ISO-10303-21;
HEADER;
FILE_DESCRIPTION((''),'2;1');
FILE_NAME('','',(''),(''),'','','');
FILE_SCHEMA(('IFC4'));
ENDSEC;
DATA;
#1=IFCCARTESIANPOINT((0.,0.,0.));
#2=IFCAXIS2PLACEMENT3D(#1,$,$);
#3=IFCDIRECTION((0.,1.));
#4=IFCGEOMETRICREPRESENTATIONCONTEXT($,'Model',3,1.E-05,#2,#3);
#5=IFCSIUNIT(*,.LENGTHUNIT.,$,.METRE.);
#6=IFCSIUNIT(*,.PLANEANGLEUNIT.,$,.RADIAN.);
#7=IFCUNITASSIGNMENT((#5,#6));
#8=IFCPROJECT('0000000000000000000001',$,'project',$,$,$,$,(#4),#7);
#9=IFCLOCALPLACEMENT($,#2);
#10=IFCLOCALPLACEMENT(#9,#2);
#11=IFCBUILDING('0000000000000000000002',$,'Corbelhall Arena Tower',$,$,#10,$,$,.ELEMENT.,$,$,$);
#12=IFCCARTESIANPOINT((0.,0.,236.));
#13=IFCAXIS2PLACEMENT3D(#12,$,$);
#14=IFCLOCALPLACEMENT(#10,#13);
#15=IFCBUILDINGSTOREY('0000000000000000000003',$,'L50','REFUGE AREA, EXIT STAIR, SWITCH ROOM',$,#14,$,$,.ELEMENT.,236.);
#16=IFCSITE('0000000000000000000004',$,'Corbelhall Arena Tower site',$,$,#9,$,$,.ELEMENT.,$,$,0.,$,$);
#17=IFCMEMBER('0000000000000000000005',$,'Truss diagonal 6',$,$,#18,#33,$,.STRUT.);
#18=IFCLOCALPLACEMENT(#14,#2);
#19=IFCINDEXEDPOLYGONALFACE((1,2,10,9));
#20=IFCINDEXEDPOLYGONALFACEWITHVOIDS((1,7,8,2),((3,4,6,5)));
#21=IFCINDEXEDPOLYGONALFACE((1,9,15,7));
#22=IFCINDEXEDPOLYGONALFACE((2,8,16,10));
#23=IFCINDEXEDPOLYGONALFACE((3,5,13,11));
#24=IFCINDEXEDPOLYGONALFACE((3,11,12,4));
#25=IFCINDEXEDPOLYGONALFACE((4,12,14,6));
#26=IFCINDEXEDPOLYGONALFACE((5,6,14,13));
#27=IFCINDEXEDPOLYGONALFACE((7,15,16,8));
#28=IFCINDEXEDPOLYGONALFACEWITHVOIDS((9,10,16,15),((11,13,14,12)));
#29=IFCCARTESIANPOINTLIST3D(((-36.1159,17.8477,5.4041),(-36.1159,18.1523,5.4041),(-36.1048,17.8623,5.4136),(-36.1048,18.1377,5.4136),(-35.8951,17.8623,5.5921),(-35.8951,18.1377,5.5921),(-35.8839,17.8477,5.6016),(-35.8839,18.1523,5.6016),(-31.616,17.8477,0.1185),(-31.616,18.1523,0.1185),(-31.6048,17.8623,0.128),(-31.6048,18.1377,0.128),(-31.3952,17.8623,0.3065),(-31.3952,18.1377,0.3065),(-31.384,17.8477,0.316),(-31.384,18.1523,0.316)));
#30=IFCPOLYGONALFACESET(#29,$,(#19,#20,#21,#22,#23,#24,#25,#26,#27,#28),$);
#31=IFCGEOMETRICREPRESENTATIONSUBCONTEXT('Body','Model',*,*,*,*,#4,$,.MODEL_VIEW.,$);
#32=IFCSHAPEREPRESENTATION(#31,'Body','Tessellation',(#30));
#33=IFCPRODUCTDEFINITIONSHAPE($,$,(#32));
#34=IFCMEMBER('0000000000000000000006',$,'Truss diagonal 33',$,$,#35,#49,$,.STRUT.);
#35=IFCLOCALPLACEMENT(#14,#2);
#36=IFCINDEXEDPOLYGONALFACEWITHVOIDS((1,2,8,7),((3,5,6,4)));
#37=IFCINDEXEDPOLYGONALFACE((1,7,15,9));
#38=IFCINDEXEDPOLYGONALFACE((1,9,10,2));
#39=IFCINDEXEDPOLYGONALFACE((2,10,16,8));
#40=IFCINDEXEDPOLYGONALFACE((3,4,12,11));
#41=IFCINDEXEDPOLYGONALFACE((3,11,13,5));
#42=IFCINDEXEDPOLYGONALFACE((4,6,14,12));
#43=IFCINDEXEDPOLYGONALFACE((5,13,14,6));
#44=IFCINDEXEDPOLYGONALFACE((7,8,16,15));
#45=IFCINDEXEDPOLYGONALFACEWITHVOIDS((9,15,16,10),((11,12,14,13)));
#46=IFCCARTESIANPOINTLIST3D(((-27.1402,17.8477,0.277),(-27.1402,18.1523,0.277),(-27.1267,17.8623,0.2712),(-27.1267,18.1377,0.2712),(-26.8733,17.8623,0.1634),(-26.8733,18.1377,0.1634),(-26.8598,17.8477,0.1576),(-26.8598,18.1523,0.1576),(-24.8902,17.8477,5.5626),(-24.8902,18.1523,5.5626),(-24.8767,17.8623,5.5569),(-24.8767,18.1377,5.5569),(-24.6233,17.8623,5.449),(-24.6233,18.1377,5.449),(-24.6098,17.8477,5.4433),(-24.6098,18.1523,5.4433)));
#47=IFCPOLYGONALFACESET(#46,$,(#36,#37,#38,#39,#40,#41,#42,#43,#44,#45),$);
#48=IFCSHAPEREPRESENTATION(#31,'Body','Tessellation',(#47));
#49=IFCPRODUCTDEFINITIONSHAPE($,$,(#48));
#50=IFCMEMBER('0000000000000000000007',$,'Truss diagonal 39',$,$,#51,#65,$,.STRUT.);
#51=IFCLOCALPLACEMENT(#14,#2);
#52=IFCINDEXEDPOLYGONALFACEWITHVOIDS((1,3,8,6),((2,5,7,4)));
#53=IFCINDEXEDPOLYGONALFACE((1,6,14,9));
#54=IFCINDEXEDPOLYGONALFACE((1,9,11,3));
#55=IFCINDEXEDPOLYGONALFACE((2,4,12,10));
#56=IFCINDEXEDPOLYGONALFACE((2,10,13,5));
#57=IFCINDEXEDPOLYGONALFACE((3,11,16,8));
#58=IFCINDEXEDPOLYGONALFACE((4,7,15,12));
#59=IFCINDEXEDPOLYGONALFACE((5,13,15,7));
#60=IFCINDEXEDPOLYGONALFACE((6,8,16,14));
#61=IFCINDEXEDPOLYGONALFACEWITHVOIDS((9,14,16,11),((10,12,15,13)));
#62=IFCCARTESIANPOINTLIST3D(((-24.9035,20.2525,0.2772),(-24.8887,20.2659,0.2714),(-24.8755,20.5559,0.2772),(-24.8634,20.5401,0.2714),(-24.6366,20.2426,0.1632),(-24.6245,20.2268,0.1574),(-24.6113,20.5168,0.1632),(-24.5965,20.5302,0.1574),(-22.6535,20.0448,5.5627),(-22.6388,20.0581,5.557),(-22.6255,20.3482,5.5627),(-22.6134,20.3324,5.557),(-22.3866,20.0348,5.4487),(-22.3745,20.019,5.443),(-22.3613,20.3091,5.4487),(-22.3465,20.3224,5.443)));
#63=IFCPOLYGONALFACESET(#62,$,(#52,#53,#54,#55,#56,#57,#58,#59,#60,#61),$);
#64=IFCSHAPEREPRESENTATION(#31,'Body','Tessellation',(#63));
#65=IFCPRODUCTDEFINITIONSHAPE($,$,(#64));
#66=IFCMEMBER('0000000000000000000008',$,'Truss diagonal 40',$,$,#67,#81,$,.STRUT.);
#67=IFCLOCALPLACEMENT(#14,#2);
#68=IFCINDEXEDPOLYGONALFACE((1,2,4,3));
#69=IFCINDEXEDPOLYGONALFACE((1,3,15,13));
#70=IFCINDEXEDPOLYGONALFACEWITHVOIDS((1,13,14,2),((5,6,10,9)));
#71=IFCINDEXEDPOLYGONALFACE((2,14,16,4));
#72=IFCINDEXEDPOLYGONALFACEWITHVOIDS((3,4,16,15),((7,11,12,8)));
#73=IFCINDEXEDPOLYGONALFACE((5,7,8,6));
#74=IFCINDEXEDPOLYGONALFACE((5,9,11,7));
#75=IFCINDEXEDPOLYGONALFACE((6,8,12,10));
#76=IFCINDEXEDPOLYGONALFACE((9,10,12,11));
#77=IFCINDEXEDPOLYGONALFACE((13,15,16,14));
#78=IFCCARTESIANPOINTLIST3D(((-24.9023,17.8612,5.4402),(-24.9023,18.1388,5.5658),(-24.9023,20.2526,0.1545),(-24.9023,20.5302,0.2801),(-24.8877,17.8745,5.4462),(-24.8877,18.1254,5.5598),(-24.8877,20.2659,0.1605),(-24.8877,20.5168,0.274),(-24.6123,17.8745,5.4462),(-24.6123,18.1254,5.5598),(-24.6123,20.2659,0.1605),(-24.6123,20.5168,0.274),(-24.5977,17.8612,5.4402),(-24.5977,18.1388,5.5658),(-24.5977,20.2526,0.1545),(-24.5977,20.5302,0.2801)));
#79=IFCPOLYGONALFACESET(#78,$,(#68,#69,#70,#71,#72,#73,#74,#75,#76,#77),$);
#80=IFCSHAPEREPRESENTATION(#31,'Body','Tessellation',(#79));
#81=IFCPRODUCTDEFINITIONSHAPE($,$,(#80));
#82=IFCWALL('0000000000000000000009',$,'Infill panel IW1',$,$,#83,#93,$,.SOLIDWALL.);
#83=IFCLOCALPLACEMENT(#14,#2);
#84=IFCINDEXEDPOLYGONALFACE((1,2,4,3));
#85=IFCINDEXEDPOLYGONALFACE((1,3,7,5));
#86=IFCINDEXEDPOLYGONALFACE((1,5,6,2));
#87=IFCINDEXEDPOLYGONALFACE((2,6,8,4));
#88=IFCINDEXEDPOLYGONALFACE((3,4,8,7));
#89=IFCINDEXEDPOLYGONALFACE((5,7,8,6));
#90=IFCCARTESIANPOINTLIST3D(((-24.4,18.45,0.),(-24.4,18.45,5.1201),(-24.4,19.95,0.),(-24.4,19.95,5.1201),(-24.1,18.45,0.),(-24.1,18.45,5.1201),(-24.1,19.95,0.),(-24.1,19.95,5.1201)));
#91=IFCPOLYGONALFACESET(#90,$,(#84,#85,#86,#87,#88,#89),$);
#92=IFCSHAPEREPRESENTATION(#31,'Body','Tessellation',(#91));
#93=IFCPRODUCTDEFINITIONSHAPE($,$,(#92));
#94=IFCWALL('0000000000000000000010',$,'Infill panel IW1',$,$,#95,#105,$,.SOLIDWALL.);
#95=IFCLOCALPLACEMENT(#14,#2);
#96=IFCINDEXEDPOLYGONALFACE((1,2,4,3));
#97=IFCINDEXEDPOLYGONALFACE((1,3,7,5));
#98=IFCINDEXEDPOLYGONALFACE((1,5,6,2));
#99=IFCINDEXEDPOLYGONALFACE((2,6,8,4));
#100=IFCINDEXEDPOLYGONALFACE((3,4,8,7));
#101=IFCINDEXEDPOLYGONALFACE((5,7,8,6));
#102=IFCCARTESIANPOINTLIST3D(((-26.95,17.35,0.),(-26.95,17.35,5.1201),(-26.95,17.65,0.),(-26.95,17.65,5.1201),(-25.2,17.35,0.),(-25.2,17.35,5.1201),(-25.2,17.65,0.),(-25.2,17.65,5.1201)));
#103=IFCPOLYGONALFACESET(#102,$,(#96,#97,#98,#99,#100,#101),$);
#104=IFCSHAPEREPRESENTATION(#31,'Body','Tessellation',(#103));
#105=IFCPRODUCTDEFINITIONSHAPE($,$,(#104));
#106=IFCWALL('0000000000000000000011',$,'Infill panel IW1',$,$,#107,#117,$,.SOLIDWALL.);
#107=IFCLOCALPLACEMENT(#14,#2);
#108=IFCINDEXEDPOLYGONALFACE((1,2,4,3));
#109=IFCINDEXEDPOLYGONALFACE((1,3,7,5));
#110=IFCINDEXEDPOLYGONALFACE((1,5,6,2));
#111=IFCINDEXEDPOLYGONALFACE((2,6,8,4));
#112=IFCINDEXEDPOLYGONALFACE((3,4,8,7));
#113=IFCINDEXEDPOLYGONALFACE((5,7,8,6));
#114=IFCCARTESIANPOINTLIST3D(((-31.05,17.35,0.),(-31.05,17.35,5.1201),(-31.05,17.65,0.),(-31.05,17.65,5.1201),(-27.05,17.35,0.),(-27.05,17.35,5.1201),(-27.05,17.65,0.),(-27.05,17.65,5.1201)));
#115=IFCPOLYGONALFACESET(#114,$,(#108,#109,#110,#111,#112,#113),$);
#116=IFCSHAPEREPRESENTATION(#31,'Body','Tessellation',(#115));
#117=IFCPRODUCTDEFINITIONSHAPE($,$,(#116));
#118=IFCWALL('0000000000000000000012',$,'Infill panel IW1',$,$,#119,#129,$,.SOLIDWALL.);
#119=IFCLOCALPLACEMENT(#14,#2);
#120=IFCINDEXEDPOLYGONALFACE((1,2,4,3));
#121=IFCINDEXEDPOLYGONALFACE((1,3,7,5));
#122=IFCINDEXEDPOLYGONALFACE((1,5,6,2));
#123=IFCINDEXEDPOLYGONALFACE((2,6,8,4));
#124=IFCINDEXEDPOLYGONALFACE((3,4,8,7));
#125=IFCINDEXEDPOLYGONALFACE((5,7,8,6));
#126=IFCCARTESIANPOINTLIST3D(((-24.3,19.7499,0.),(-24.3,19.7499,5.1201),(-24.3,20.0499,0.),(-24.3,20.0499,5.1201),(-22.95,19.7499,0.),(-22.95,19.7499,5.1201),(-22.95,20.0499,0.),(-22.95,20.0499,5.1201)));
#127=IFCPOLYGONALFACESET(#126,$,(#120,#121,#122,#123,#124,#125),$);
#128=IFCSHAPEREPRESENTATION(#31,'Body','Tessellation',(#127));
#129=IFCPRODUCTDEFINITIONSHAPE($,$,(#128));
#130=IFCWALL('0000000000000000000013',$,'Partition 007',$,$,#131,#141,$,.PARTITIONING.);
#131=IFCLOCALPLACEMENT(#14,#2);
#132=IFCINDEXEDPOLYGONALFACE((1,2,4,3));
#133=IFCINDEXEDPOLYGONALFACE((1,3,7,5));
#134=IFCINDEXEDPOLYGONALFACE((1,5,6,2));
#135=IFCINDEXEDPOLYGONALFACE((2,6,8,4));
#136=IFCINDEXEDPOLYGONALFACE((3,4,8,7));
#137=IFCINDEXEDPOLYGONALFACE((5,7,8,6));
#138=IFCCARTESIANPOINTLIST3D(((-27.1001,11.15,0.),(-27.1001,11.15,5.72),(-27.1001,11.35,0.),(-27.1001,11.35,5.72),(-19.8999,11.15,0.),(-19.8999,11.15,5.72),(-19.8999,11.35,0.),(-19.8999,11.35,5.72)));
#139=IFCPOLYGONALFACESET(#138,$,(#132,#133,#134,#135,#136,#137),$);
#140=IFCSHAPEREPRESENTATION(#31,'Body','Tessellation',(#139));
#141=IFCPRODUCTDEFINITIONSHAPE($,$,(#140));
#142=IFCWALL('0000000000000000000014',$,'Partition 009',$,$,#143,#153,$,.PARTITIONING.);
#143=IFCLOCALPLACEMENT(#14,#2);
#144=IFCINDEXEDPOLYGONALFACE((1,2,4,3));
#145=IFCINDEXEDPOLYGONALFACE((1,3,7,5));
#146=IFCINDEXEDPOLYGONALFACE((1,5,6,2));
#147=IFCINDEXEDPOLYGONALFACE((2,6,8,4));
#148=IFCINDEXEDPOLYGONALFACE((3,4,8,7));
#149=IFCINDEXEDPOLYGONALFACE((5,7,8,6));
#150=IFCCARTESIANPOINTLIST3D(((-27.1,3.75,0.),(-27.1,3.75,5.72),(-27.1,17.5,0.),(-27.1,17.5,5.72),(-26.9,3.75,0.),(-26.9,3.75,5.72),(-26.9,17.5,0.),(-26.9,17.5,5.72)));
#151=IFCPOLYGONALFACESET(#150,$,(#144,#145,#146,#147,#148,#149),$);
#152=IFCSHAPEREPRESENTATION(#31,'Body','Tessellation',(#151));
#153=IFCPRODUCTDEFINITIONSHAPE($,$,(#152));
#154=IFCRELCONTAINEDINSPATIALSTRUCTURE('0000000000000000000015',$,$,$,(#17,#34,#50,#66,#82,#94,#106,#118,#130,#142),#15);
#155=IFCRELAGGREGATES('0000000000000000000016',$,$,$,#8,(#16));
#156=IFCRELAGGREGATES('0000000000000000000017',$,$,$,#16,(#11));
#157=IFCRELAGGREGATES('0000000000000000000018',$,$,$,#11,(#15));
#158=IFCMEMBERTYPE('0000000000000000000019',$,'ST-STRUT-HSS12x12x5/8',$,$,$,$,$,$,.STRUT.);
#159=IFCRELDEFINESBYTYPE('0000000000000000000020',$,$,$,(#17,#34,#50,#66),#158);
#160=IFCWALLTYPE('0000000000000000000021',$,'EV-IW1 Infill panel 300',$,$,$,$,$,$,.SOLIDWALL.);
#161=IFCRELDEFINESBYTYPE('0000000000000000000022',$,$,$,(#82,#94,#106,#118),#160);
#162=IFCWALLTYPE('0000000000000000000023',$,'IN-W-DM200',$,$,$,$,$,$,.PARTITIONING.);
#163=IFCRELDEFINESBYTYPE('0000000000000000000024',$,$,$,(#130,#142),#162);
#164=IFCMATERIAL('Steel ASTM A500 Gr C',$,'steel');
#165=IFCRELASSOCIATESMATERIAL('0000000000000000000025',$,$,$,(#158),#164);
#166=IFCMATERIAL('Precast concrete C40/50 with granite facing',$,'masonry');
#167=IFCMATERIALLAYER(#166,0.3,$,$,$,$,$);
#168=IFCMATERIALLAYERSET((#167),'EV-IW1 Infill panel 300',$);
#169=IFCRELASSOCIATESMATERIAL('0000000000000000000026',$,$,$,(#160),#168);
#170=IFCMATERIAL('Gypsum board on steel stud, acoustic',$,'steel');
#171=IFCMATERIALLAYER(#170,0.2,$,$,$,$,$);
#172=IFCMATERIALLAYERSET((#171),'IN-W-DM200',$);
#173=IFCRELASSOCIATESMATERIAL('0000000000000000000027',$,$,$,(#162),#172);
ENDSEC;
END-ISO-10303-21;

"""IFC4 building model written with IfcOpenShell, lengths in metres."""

from ifc_helpers import new_model, si_unit, direction, frame, frame_2d, origin, origin_2d, place, context, subcontext, project, spatial, rectangle, hollow_rectangle, extrude, material, layer, layer_set, material_profile, profile_set, type_object, element, save


model = new_model("IFC4")

# Units and contexts
model_context = context("Model", 3, precision=1e-05, world=origin(), true_north=direction((0.0, 1.0)))
body_context = subcontext(model_context, "Body", "Model", "MODEL_VIEW")
ifc_project = project(units=[si_unit("LENGTHUNIT", "METRE"), si_unit("PLANEANGLEUNIT", "RADIAN")], contexts=[model_context])

# Site, building, storey
site_placement = place(None, origin())
site = spatial("IfcSite", under=ifc_project, at=site_placement, Name="Corbelhall Arena Tower site", CompositionType="ELEMENT", RefElevation=0.0)
building_placement = place(site_placement, origin())
building = spatial("IfcBuilding", under=site, at=building_placement, Name="Corbelhall Arena Tower", CompositionType="ELEMENT")
storey_placement = place(building_placement, frame((0.0, 0.0, 236.0)))
storey = spatial("IfcBuildingStorey", under=building, at=storey_placement, Name="L50", Description="REFUGE AREA, EXIT STAIR, SWITCH ROOM", CompositionType="ELEMENT", Elevation=236.0)

# Members
ifc_material_1 = material(Name="Steel ASTM A500 Gr C", Category="steel")
ifc_material_profile_1 = material_profile(ifc_material_1, hollow_rectangle(XDim=0.3047, YDim=0.3047, WallThickness=0.0146, at=origin_2d()))
ifc_profile_set_1 = profile_set([ifc_material_profile_1], Name="Steel ASTM A500 Gr C")
member_type_1 = type_object("IfcMemberType", Name="ST-STRUT-HSS12x12x5/8", PredefinedType="STRUT", material=ifc_profile_set_1)
for number, where, z_axis, x_axis, name in (
    (1, (-31.5, 18.0, 0.2173), (-0.648251, 0.0, 0.761427), (0.0, -1.0, 0.0), "Truss diagonal 6"),
):
    element("IfcMember", number, at=place(storey_placement, frame(where, z_axis=z_axis, x_axis=x_axis)), inside=storey, type_object=member_type_1, Name=name, PredefinedType="STRUT", context=body_context, shape_type="SweptSolid", body=[
        extrude(hollow_rectangle(XDim=0.3047, YDim=0.3047, WallThickness=0.0146, at=origin_2d()), origin(), (0.0, 0.0, 1.0), 6.9417),
    ])
member_1_placement = place(storey_placement, frame((-27.0, 18.0, 0.2173), z_axis=(0.391672, 0.0, 0.920105), x_axis=(0.0, 1.0, 0.0)))
element("IfcMember", 2, at=member_1_placement, inside=storey, type_object=member_type_1, Name="Truss diagonal 33", PredefinedType="STRUT", context=body_context, shape_type="SweptSolid", body=[
    extrude(hollow_rectangle(XDim=0.3047, YDim=0.3047, WallThickness=0.0146, at=origin_2d()), origin(), (0.0, 0.0, 1.0), 5.7446),
])
member_2_placement = place(storey_placement, frame((-24.75, 20.3914, 0.2173), z_axis=(0.391416, -0.036143, 0.919504), x_axis=(0.091948, 0.995764, 0.0)))
element("IfcMember", 3, at=member_2_placement, inside=storey, type_object=member_type_1, Name="Truss diagonal 39", PredefinedType="STRUT", context=body_context, shape_type="SweptSolid", body=[
    extrude(hollow_rectangle(XDim=0.3047, YDim=0.3047, WallThickness=0.0146, at=origin_2d()), origin(), (0.0, 0.0, 1.0), 5.7483),
])
member_3_placement = place(storey_placement, frame((-24.75, 20.3914, 0.2173), z_axis=(0.0, -0.412201, 0.911093), x_axis=(1.0, 0.0, 0.0)))
element("IfcMember", 4, at=member_3_placement, inside=storey, type_object=member_type_1, Name="Truss diagonal 40", PredefinedType="STRUT", context=body_context, shape_type="SweptSolid", body=[
    extrude(hollow_rectangle(XDim=0.3047, YDim=0.3047, WallThickness=0.0146, at=origin_2d()), origin(), (0.0, 0.0, 1.0), 5.8015),
])

# Walls
ifc_material_2 = material(Name="Precast concrete C40/50 with granite facing", Category="masonry")
ifc_layer_1 = layer(ifc_material_2, 0.3)
ifc_layer_set_1 = layer_set([ifc_layer_1], Name="EV-IW1 Infill panel 300")
wall_type_1 = type_object("IfcWallType", Name="EV-IW1 Infill panel 300", PredefinedType="SOLIDWALL", material=ifc_layer_set_1)
wall_1_placement = place(storey_placement, frame((-24.25, 19.95, 0.0), z_axis=(0.0, 0.0, 1.0), x_axis=(0.0, -1.0, 0.0)))
element("IfcWall", 5, at=wall_1_placement, inside=storey, type_object=wall_type_1, Name="Infill panel IW1", PredefinedType="SOLIDWALL", context=body_context, shape_type="SweptSolid", body=[
    extrude(rectangle(XDim=1.5, YDim=0.3, at=frame_2d((0.75, 0.0))), origin(), (0.0, 0.0, 1.0), 5.1201),
])
wall_2_placement = place(storey_placement, frame((-25.2, 17.5, 0.0), z_axis=(0.0, 0.0, 1.0), x_axis=(-1.0, 0.0, 0.0)))
element("IfcWall", 6, at=wall_2_placement, inside=storey, type_object=wall_type_1, Name="Infill panel IW1", PredefinedType="SOLIDWALL", context=body_context, shape_type="SweptSolid", body=[
    extrude(rectangle(XDim=1.75, YDim=0.3, at=frame_2d((0.875, 0.0))), origin(), (0.0, 0.0, 1.0), 5.1201),
])
wall_3_placement = place(storey_placement, frame((-27.05, 17.5, 0.0), z_axis=(0.0, 0.0, 1.0), x_axis=(-1.0, 0.0, 0.0)))
element("IfcWall", 7, at=wall_3_placement, inside=storey, type_object=wall_type_1, Name="Infill panel IW1", PredefinedType="SOLIDWALL", context=body_context, shape_type="SweptSolid", body=[
    extrude(rectangle(XDim=4.0, YDim=0.3, at=frame_2d((2.0, 0.0))), origin(), (0.0, 0.0, 1.0), 5.1201),
])
wall_4_placement = place(storey_placement, frame((-22.95, 19.8999, 0.0), z_axis=(0.0, 0.0, 1.0), x_axis=(-1.0, 0.0, 0.0)))
element("IfcWall", 8, at=wall_4_placement, inside=storey, type_object=wall_type_1, Name="Infill panel IW1", PredefinedType="SOLIDWALL", context=body_context, shape_type="SweptSolid", body=[
    extrude(rectangle(XDim=1.3501, YDim=0.3, at=frame_2d((0.675, 0.0))), origin(), (0.0, 0.0, 1.0), 5.1201),
])
ifc_material_3 = material(Name="Gypsum board on steel stud, acoustic", Category="steel")
ifc_layer_2 = layer(ifc_material_3, 0.2)
ifc_layer_set_2 = layer_set([ifc_layer_2], Name="IN-W-DM200")
wall_type_2 = type_object("IfcWallType", Name="IN-W-DM200", PredefinedType="PARTITIONING", material=ifc_layer_set_2)
wall_5_placement = place(storey_placement, frame((-27.1001, 11.25, 0.0), z_axis=(0.0, 0.0, 1.0), x_axis=(1.0, 0.0, 0.0)))
element("IfcWall", 9, at=wall_5_placement, inside=storey, type_object=wall_type_2, Name="Partition 007", PredefinedType="PARTITIONING", context=body_context, shape_type="SweptSolid", body=[
    extrude(rectangle(XDim=7.2002, YDim=0.2, at=frame_2d((3.6001, 0.0))), origin(), (0.0, 0.0, 1.0), 5.72),
])
wall_6_placement = place(storey_placement, frame((-27.0, 3.75, 0.0), z_axis=(0.0, 0.0, 1.0), x_axis=(0.0, 1.0, 0.0)))
element("IfcWall", 10, at=wall_6_placement, inside=storey, type_object=wall_type_2, Name="Partition 009", PredefinedType="PARTITIONING", context=body_context, shape_type="SweptSolid", body=[
    extrude(rectangle(XDim=13.75, YDim=0.2, at=frame_2d((6.875, 0.0))), origin(), (0.0, 0.0, 1.0), 5.72),
])

save(model, "model.ifc")
